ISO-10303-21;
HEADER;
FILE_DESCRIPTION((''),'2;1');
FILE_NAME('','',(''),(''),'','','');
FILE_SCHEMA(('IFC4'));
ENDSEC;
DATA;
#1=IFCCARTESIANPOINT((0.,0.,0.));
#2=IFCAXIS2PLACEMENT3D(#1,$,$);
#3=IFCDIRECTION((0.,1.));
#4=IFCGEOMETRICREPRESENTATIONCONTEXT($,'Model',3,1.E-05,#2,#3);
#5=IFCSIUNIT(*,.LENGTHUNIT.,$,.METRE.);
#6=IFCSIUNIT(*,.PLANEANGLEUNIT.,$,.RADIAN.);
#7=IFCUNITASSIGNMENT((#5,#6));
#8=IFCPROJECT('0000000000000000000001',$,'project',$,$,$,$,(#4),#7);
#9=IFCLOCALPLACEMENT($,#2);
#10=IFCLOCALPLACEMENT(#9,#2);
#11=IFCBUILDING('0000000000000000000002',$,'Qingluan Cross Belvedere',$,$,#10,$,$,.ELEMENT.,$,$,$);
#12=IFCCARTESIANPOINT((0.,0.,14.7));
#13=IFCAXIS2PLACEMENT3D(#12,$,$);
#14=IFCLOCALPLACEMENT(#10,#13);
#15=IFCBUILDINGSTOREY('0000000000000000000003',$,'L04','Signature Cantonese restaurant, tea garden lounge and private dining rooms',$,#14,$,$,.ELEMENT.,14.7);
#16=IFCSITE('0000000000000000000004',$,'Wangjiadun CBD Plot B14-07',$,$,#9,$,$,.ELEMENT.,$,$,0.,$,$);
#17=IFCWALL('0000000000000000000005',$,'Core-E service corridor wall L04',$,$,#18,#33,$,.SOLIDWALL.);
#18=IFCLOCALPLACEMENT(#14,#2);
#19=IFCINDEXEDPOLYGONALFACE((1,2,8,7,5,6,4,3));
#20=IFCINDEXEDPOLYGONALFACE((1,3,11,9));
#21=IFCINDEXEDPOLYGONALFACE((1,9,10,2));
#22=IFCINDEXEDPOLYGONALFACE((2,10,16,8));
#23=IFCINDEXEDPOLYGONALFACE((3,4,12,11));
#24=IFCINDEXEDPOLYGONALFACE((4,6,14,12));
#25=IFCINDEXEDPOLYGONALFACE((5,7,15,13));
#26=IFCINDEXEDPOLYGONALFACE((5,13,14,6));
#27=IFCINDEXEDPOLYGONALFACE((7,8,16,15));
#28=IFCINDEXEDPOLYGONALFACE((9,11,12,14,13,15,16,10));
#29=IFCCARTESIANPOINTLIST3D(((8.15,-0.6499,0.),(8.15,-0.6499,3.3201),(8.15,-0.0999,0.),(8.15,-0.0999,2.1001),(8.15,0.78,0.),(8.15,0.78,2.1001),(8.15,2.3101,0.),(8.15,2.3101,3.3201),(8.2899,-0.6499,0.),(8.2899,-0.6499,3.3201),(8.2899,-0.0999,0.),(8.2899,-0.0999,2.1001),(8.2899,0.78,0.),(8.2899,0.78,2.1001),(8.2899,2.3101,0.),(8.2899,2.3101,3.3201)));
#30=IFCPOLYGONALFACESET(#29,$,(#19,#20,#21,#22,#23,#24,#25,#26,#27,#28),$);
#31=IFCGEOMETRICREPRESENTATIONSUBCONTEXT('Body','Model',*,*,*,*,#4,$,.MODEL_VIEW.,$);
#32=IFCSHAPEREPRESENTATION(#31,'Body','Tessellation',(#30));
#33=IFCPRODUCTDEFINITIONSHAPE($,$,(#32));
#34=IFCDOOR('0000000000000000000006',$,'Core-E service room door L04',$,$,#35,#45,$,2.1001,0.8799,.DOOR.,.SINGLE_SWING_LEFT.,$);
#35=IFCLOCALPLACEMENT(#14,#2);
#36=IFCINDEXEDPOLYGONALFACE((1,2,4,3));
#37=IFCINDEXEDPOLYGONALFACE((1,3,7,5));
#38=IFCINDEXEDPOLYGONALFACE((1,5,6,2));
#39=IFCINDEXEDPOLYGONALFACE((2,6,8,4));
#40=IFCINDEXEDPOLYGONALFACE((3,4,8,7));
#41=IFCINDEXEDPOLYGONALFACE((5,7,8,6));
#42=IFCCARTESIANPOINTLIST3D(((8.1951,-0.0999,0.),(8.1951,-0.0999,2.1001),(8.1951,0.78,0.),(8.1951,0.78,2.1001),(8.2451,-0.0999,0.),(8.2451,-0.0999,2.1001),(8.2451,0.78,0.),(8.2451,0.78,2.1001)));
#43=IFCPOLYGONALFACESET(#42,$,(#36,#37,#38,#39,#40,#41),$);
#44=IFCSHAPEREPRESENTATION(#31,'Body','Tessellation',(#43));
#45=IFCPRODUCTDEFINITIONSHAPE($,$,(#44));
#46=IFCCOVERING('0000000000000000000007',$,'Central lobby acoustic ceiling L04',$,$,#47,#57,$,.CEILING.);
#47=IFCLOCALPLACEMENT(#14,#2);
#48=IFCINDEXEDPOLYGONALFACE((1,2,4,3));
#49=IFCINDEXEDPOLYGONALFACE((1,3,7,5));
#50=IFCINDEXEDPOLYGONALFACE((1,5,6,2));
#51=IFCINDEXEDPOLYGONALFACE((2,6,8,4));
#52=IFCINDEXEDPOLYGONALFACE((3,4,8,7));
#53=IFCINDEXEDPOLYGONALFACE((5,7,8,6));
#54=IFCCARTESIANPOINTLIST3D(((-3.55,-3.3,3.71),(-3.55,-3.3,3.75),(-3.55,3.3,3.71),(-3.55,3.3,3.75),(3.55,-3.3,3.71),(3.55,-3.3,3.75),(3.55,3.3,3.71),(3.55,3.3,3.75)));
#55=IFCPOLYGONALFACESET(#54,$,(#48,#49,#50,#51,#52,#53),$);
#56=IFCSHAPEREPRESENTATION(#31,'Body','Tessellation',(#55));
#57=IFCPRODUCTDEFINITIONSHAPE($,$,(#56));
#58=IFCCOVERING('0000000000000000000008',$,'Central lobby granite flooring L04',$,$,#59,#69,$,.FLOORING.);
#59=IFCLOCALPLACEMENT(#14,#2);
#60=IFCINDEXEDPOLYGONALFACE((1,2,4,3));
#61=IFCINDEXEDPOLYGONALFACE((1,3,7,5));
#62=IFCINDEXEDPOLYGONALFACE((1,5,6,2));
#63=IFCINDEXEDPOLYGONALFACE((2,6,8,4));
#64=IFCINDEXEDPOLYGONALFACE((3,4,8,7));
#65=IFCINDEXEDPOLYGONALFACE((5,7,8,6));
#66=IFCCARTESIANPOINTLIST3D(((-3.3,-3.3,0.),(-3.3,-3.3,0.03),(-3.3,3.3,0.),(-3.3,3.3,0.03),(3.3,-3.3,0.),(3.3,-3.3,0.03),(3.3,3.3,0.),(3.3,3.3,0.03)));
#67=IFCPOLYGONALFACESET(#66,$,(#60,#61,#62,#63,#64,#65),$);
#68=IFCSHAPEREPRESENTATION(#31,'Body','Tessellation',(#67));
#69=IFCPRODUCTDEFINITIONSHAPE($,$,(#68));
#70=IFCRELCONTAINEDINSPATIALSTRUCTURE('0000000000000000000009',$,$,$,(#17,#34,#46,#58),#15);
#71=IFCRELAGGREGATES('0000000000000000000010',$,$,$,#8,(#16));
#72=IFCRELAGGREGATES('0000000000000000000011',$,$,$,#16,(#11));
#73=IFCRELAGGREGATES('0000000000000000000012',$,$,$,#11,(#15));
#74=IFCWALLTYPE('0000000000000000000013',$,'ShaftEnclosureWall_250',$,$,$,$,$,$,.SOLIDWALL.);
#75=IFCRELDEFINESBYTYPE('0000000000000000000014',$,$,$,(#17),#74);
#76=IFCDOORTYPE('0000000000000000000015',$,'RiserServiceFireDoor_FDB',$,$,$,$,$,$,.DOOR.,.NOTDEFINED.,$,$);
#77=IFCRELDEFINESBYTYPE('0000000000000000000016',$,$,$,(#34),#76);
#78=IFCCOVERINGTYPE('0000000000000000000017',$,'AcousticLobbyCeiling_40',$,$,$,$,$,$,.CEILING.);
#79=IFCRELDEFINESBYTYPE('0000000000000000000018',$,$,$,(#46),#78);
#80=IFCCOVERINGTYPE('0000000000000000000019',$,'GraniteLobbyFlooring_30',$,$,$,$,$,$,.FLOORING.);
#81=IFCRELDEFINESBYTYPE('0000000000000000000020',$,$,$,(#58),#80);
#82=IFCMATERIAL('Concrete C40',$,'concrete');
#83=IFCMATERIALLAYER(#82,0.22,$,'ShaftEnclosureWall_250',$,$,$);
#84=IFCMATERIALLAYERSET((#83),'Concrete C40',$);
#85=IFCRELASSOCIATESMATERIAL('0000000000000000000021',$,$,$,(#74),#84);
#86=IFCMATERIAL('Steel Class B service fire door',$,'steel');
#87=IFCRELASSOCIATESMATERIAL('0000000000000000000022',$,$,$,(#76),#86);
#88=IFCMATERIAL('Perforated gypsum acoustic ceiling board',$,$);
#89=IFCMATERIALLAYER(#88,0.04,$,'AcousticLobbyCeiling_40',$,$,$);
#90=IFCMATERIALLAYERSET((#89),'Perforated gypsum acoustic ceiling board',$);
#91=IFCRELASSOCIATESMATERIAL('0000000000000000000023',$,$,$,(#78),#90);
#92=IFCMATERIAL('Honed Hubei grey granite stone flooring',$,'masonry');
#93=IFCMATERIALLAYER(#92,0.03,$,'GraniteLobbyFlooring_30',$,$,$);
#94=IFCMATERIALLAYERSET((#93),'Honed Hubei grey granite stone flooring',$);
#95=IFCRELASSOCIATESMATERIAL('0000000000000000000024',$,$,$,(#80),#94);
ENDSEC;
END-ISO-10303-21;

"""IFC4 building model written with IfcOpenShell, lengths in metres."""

from ifc_helpers import new_model, si_unit, direction, frame, frame_2d, origin, origin_with_axes, origin_2d, place, context, subcontext, project, spatial, rectangle, extrude, material, layer, layer_set, type_object, element, fill, save


model = new_model("IFC4")

# Units and contexts
model_context = context("Model", 3, precision=1e-05, world=origin(), true_north=direction((0.0, 1.0)))
body_context = subcontext(model_context, "Body", "Model", "MODEL_VIEW")
ifc_project = project(units=[si_unit("LENGTHUNIT", "METRE"), si_unit("PLANEANGLEUNIT", "RADIAN")], contexts=[model_context])

# Site, building, storey
site_placement = place(None, origin())
site = spatial("IfcSite", under=ifc_project, at=site_placement, Name="Wangjiadun CBD Plot B14-07", CompositionType="ELEMENT", RefElevation=0.0)
building_placement = place(site_placement, origin())
building = spatial("IfcBuilding", under=site, at=building_placement, Name="Qingluan Cross Belvedere", CompositionType="ELEMENT")
storey_placement = place(building_placement, frame((0.0, 0.0, 14.7)))
storey = spatial("IfcBuildingStorey", under=building, at=storey_placement, Name="L04", Description="Signature Cantonese restaurant, tea garden lounge and private dining rooms", CompositionType="ELEMENT", Elevation=14.7)

# Shared definitions
ifc_material_1 = material(Name="Concrete C40", Category="concrete")
ifc_layer_1 = layer(ifc_material_1, 0.22, Name="ShaftEnclosureWall_250")
ifc_layer_set_1 = layer_set([ifc_layer_1], Name="Concrete C40")
wall_type_1 = type_object("IfcWallType", Name="ShaftEnclosureWall_250", PredefinedType="SOLIDWALL", material=ifc_layer_set_1)

# Wall, opening, door
wall_1_placement = place(storey_placement, frame((8.22, -0.6499, 0.0), z_axis=(0.0, 0.0, 1.0), x_axis=(0.0, 1.0, 0.0)))
wall_1 = element("IfcWall", 1, at=wall_1_placement, inside=storey, type_object=wall_type_1, Name="Core-E service corridor wall L04", PredefinedType="SOLIDWALL", context=body_context, shape_type="SweptSolid", body=[
    extrude(rectangle(XDim=2.96, YDim=0.1399, at=frame_2d((1.48, 0.0))), origin(), (0.0, 0.0, 1.0), 3.3201),
])
opening_1_placement = place(wall_1_placement, frame((0.55, 0.0, 0.0)))
opening_1 = element("IfcOpeningElement", 2, at=opening_1_placement, cuts=wall_1, PredefinedType="OPENING", context=body_context, shape_type="SweptSolid", body=[
    extrude(rectangle(XDim=0.8799, YDim=2.1001, at=frame_2d((0.4399, 1.05))), frame((0.0, 0.0798, 0.0), z_axis=(0.0, -1.0, 0.0), x_axis=(1.0, 0.0, 0.0)), (0.0, 0.0, 1.0), 0.1599),
])
ifc_material_2 = material(Name="Steel Class B service fire door", Category="steel")
door_type_1 = type_object("IfcDoorType", Name="RiserServiceFireDoor_FDB", OperationType="NOTDEFINED", PredefinedType="DOOR", material=ifc_material_2)
door_1_placement = place(opening_1_placement, origin())
door_1 = element("IfcDoor", 3, at=door_1_placement, inside=storey, type_object=door_type_1, Name="Core-E service room door L04", OperationType="SINGLE_SWING_LEFT", OverallHeight=2.1001, OverallWidth=0.8799, PredefinedType="DOOR", context=body_context, shape_type="SweptSolid", body=[
    extrude(rectangle(XDim=0.8799, YDim=2.1001, at=frame_2d((0.4399, 1.05))), frame((0.0, 0.0249, 0.0), z_axis=(0.0, -1.0, 0.0), x_axis=(1.0, 0.0, 0.0)), (0.0, 0.0, 1.0), 0.05),
])
fill(opening_1, door_1)

# Coverings
ifc_material_3 = material(Name="Perforated gypsum acoustic ceiling board")
ifc_layer_2 = layer(ifc_material_3, 0.04, Name="AcousticLobbyCeiling_40")
ifc_layer_set_2 = layer_set([ifc_layer_2], Name="Perforated gypsum acoustic ceiling board")
covering_type_1 = type_object("IfcCoveringType", Name="AcousticLobbyCeiling_40", PredefinedType="CEILING", material=ifc_layer_set_2)
covering_1_placement = place(storey_placement, frame((0.0, 0.0, 3.71), z_axis=(0.0, 0.0, 1.0), x_axis=(1.0, 0.0, 0.0)))
element("IfcCovering", 4, at=covering_1_placement, inside=storey, type_object=covering_type_1, Name="Central lobby acoustic ceiling L04", PredefinedType="CEILING", context=body_context, shape_type="SweptSolid", body=[
    extrude(rectangle(XDim=7.1001, YDim=6.6001, at=origin_2d()), origin(), (0.0, 0.0, 1.0), 0.04),
])
ifc_material_4 = material(Name="Honed Hubei grey granite stone flooring", Category="masonry")
ifc_layer_3 = layer(ifc_material_4, 0.03, Name="GraniteLobbyFlooring_30")
ifc_layer_set_3 = layer_set([ifc_layer_3], Name="Honed Hubei grey granite stone flooring")
covering_type_2 = type_object("IfcCoveringType", Name="GraniteLobbyFlooring_30", PredefinedType="FLOORING", material=ifc_layer_set_3)
covering_2_placement = place(storey_placement, origin_with_axes())
element("IfcCovering", 5, at=covering_2_placement, inside=storey, type_object=covering_type_2, Name="Central lobby granite flooring L04", PredefinedType="FLOORING", context=body_context, shape_type="SweptSolid", body=[
    extrude(rectangle(XDim=6.6001, YDim=6.6001, at=origin_2d()), origin(), (0.0, 0.0, 1.0), 0.03),
])

save(model, "model.ifc")
